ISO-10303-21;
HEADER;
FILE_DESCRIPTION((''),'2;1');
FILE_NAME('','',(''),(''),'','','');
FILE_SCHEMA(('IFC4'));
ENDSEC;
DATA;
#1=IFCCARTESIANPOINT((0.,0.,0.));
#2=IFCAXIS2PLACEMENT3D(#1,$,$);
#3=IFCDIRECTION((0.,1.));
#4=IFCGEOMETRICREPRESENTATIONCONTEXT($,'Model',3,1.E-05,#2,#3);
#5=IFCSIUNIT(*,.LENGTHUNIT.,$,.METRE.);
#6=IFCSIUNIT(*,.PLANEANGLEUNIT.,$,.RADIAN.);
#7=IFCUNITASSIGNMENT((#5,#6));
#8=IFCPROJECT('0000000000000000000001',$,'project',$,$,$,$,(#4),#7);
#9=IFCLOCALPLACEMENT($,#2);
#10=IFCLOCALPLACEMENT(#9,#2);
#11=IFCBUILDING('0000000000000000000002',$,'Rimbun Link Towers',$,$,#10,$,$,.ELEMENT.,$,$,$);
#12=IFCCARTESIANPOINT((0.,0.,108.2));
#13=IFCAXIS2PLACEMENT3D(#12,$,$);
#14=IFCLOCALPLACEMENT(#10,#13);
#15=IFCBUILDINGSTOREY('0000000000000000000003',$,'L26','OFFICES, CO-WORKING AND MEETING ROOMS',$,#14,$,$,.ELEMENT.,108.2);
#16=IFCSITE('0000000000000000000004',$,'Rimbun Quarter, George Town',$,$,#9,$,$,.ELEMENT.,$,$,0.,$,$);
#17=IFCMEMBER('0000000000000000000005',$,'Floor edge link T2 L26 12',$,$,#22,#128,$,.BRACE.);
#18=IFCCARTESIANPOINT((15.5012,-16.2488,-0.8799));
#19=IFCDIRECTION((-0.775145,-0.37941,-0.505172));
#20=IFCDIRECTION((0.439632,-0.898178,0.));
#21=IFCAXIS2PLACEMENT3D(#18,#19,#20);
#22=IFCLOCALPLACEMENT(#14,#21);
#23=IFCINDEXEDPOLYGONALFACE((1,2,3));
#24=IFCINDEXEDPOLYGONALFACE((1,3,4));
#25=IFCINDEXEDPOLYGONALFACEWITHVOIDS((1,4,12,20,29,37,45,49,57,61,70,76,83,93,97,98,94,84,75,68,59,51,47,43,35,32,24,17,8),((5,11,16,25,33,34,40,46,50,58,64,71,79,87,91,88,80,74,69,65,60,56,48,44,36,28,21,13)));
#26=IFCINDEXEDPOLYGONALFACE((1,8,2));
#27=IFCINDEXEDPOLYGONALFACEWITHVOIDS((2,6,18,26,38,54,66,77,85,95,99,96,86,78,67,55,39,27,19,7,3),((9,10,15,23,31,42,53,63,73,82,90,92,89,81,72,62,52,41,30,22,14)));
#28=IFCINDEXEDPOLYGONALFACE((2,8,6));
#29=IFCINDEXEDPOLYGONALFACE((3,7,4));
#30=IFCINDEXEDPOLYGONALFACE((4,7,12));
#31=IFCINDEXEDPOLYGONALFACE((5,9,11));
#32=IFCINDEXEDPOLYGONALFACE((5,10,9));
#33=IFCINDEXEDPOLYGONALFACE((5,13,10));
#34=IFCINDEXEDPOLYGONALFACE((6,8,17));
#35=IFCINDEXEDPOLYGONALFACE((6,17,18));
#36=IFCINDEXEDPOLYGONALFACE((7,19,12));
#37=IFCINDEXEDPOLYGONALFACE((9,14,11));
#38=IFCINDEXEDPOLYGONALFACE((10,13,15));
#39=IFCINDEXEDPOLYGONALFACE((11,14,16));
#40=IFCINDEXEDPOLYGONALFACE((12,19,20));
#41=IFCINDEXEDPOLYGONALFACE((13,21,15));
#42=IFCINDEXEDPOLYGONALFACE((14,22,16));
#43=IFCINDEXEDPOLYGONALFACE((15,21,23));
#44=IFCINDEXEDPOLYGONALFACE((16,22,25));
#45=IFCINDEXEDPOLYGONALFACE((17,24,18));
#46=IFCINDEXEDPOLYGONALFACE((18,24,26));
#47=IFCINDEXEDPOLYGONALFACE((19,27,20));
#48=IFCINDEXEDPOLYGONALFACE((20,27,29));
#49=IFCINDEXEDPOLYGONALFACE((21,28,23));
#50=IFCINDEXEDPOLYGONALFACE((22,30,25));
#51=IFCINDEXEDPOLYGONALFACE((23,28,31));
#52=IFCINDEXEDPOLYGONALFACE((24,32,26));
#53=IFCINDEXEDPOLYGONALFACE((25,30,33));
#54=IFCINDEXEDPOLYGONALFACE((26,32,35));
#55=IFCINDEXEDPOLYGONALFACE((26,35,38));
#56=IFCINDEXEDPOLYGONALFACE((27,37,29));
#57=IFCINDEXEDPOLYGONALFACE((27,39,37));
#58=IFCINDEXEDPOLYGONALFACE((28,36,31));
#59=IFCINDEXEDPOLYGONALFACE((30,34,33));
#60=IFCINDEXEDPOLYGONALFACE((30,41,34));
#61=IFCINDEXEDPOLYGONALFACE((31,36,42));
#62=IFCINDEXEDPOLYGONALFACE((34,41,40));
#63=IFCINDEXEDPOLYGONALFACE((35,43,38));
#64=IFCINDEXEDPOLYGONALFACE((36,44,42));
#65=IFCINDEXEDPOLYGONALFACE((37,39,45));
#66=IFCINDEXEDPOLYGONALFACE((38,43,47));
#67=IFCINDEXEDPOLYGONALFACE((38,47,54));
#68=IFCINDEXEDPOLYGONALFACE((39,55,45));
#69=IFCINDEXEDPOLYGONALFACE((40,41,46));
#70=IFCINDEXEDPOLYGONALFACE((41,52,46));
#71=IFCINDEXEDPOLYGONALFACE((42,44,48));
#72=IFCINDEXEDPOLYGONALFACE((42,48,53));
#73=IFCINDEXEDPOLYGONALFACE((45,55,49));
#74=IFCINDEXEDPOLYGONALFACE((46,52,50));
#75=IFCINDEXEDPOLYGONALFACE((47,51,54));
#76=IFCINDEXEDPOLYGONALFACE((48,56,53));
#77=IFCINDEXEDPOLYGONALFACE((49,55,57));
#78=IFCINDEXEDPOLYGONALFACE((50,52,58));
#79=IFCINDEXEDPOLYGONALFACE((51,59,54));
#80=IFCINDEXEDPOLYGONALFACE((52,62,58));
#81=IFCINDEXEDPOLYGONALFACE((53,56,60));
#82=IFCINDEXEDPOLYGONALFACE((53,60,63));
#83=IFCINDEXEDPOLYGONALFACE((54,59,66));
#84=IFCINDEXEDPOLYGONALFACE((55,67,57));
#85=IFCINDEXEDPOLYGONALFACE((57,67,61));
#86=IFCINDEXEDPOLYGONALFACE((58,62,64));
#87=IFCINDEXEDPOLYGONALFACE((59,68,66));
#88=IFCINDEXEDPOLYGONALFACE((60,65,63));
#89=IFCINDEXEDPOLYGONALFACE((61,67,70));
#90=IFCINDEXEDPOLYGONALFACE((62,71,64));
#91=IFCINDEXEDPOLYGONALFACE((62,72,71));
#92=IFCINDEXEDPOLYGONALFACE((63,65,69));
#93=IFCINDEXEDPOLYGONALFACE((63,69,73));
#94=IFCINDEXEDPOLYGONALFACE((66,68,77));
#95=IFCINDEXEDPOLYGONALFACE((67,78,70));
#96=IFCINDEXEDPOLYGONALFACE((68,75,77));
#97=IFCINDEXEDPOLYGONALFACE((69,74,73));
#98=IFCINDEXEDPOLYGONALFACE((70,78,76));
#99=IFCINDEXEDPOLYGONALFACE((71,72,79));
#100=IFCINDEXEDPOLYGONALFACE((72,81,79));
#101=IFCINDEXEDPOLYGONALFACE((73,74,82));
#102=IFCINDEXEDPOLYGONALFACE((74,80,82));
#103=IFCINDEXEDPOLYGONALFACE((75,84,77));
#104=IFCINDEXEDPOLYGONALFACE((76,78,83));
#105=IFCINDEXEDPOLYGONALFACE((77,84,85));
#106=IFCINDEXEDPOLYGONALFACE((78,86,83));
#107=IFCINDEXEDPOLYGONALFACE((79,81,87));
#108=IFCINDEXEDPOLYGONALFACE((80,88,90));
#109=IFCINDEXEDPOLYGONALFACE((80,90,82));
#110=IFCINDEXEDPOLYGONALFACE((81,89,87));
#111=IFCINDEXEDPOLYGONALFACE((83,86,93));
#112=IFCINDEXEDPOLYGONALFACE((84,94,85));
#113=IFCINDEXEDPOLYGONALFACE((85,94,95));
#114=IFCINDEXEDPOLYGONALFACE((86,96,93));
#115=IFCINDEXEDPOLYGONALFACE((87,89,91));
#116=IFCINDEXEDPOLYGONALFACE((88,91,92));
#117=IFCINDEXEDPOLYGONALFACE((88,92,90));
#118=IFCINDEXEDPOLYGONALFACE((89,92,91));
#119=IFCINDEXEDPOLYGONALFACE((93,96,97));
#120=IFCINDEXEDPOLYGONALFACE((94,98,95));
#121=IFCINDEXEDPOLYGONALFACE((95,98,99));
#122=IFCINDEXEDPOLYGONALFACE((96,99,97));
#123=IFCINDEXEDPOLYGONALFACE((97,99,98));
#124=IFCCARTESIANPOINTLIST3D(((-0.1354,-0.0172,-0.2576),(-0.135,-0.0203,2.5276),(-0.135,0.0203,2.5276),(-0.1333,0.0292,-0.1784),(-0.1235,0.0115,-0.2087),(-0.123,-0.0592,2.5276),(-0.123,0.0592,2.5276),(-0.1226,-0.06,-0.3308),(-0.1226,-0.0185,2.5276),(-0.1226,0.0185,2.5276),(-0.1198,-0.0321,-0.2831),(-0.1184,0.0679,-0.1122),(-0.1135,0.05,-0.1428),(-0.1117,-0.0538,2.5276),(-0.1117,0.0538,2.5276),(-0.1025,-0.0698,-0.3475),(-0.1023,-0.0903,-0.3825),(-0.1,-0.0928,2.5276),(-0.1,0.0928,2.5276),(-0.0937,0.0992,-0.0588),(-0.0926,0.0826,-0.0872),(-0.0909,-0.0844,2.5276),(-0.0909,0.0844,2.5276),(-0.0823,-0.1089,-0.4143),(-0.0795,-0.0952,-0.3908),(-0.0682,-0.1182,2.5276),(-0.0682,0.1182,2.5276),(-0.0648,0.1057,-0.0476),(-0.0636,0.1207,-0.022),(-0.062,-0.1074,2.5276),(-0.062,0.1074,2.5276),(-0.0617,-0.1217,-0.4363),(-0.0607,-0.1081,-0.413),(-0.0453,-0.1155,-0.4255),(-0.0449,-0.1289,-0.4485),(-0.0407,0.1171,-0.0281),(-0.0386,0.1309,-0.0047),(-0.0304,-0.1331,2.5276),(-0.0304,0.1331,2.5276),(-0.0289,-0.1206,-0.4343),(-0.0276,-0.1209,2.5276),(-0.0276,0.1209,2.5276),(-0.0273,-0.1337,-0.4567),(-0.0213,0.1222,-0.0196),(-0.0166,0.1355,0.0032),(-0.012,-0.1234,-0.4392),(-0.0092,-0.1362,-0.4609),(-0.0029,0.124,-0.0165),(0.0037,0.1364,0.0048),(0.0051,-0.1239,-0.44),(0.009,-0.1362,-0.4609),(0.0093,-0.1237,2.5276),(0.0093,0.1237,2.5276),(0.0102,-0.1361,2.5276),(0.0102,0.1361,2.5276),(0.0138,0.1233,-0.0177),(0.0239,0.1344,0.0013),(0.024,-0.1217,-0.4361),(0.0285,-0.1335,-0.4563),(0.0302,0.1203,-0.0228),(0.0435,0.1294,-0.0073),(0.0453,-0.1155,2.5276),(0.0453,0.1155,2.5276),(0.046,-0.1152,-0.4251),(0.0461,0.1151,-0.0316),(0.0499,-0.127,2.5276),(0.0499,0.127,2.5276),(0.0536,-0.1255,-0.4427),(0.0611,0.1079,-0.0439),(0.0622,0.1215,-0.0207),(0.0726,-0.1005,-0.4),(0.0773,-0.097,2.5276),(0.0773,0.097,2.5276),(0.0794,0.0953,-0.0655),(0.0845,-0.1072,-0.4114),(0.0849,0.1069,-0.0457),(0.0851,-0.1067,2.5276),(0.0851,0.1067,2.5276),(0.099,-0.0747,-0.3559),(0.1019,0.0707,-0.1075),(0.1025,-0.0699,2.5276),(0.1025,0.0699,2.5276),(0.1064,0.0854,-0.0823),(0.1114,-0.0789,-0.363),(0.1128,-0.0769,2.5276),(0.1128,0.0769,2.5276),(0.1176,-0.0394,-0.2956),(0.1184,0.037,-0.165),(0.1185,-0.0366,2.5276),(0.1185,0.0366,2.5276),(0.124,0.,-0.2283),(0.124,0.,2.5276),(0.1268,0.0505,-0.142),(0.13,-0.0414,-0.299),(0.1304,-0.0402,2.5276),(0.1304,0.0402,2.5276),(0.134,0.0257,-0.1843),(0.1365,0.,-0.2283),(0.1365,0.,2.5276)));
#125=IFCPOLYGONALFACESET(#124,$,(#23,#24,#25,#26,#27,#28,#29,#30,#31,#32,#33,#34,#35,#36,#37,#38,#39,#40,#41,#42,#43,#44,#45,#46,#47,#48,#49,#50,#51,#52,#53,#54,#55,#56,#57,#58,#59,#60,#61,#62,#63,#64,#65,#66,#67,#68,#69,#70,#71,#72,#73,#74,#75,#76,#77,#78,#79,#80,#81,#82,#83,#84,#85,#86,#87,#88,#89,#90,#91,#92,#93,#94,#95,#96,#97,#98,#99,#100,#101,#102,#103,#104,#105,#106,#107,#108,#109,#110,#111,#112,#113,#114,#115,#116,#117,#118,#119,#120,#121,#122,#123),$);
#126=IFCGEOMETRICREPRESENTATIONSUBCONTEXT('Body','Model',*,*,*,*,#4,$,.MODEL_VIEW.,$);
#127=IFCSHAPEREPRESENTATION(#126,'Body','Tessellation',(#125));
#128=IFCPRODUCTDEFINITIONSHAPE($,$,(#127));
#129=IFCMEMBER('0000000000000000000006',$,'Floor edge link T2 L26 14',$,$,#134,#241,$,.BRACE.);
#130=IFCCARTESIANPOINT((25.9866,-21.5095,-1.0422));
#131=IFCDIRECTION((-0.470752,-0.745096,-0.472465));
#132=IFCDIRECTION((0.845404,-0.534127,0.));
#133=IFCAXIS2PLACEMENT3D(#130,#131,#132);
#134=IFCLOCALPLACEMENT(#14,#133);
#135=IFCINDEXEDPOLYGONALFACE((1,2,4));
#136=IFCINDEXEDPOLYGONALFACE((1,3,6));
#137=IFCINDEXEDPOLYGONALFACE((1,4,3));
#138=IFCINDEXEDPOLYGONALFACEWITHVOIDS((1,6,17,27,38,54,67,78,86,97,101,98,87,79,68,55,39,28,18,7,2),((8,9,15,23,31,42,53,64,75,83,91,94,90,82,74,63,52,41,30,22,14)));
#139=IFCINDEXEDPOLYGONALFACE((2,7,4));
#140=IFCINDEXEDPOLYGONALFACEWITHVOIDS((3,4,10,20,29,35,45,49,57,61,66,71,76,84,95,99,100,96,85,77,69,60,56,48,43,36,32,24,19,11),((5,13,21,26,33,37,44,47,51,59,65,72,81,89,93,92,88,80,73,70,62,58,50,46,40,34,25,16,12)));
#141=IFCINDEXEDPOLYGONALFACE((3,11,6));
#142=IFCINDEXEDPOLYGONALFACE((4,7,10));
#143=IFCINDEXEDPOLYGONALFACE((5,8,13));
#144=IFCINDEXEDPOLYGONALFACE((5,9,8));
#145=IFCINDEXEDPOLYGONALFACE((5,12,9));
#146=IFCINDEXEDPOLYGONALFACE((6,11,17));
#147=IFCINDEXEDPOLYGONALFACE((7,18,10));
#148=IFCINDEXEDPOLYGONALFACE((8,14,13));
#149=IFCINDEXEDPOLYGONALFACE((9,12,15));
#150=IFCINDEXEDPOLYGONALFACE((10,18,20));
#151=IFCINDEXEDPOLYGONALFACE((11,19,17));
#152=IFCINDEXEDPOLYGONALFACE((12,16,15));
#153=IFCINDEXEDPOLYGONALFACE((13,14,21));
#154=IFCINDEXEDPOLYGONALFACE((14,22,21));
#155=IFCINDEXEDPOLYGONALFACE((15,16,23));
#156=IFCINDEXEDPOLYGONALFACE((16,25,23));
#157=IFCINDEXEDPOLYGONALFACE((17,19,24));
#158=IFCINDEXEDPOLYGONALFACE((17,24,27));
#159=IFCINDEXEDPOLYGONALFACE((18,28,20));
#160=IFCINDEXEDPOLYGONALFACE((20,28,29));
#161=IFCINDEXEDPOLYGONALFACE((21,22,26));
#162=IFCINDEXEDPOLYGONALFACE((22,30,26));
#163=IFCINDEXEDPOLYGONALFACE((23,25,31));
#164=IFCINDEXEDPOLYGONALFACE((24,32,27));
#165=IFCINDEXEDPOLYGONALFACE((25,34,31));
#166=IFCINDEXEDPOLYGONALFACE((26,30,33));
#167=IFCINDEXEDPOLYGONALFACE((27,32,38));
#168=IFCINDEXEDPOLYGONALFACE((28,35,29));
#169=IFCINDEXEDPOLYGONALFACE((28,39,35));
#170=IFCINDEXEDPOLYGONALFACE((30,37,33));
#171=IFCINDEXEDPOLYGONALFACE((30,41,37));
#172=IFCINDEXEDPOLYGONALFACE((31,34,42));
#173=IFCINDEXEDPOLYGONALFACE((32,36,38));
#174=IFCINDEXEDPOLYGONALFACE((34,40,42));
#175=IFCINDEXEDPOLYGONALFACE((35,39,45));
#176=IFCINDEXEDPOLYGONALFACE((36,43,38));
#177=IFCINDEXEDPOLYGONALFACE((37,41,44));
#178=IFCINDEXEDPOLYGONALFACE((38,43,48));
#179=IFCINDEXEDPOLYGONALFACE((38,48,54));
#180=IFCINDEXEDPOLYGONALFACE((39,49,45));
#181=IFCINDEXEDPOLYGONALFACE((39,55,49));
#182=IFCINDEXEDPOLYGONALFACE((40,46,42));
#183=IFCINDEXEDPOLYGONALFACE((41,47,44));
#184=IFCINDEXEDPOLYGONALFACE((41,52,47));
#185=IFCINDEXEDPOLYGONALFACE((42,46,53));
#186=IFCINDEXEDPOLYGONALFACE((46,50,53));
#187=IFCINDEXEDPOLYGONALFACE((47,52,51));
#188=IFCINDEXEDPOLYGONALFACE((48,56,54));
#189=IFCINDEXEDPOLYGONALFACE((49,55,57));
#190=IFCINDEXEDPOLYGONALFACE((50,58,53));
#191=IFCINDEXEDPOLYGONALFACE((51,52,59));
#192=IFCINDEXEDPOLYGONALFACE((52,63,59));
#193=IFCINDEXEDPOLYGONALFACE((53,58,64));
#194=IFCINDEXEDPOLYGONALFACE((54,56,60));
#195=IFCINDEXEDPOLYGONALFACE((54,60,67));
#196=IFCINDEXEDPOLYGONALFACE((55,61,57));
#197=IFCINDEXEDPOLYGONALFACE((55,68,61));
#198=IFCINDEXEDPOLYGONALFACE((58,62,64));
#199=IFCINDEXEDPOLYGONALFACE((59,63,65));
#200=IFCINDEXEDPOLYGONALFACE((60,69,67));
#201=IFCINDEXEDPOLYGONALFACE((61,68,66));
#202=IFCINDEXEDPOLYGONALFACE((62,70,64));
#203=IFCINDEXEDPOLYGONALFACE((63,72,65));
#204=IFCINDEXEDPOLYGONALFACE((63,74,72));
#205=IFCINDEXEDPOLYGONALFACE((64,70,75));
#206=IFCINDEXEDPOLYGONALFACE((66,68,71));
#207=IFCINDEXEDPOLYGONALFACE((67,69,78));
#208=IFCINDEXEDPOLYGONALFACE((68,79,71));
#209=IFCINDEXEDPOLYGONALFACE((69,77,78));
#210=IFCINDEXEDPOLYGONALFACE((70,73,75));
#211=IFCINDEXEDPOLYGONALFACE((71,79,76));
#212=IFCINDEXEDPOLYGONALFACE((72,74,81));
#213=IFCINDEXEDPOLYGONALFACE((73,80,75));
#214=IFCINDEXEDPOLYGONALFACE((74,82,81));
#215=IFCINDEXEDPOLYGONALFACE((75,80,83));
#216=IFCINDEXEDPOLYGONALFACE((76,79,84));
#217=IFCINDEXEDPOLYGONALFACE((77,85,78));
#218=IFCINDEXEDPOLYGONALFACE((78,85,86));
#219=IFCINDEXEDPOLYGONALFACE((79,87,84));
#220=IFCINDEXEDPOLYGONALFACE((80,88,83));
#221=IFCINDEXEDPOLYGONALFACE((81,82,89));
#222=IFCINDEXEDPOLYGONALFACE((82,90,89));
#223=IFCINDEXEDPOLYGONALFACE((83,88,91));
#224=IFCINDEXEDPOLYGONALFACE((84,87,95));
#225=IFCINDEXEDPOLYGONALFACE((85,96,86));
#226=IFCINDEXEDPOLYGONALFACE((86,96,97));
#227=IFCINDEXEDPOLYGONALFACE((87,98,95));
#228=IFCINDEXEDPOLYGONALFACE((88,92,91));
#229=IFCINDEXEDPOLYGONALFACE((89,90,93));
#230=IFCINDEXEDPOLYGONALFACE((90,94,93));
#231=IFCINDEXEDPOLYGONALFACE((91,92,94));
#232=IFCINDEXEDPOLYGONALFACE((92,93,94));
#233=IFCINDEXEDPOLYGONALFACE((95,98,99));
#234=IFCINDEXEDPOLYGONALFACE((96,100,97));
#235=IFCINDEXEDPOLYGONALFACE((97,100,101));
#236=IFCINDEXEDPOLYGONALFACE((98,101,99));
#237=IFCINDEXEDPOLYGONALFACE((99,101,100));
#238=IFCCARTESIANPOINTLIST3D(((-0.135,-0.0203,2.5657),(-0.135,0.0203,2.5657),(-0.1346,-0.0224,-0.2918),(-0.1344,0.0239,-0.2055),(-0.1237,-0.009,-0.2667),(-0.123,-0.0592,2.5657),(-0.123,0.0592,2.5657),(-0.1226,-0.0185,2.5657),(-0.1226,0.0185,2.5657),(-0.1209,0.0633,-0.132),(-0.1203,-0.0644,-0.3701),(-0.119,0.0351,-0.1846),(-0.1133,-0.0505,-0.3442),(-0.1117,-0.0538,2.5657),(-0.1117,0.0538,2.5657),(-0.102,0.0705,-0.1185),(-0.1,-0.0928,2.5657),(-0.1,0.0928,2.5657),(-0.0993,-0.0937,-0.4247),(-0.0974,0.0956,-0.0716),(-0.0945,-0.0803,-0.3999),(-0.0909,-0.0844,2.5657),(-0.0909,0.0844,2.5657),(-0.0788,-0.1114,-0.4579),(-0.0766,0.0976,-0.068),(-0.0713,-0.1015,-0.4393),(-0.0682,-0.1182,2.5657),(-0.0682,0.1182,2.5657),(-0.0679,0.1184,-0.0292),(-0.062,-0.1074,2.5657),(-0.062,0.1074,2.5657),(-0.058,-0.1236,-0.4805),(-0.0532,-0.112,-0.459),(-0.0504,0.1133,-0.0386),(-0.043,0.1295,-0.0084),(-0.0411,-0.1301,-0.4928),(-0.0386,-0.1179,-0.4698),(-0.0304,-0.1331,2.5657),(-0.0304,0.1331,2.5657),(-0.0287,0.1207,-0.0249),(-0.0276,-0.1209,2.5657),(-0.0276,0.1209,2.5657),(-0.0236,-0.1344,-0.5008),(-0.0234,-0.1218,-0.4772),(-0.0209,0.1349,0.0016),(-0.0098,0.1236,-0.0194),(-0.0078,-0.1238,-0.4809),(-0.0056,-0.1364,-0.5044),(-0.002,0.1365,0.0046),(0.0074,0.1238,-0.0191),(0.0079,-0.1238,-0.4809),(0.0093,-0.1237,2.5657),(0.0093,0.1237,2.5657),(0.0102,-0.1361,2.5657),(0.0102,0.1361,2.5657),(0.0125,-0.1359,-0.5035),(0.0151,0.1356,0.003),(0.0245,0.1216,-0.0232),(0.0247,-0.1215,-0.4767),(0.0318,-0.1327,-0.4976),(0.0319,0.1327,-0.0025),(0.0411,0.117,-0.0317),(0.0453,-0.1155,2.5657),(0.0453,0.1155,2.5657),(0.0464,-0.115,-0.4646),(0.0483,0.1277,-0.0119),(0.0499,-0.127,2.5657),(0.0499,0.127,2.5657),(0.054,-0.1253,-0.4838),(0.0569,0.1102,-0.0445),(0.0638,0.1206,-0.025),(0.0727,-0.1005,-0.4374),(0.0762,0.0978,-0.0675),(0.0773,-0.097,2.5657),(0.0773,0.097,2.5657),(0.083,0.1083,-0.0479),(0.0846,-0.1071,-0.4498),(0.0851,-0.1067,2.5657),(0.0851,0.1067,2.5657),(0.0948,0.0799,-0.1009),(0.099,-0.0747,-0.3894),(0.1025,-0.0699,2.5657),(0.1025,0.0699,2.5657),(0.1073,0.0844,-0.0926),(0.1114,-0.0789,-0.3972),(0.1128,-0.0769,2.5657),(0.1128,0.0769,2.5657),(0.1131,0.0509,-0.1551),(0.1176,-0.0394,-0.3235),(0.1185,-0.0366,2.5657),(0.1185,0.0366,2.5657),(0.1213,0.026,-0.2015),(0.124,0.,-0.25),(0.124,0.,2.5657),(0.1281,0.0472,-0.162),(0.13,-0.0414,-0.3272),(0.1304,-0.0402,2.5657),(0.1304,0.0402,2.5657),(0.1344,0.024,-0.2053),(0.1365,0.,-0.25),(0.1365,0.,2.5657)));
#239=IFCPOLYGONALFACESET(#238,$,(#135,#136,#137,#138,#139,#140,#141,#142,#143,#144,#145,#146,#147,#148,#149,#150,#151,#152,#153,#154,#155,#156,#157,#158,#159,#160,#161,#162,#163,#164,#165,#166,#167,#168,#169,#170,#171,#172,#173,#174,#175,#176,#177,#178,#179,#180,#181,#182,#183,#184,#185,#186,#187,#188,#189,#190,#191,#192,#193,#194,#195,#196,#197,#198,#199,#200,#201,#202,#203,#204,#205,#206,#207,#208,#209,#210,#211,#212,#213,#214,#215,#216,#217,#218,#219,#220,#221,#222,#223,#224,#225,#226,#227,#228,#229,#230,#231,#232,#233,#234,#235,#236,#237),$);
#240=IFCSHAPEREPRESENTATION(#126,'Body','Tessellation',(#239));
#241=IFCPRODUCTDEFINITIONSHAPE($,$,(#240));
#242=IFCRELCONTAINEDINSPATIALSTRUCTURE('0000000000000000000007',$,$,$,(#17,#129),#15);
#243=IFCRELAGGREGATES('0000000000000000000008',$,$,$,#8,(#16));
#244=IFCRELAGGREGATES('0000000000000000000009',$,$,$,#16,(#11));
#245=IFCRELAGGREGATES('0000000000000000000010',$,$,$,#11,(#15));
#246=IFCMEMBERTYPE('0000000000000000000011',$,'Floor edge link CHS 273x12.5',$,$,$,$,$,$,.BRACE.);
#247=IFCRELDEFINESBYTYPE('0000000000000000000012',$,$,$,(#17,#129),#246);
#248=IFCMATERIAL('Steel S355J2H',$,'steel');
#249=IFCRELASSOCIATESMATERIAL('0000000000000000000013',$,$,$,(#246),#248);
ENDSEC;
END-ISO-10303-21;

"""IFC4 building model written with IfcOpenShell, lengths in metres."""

from ifc_helpers import new_model, si_unit, direction, frame, origin, origin_2d, place, context, subcontext, project, spatial, hollow_circle, extrude, clip, halfspace, material, material_profile, profile_set, type_object, element, save


model = new_model("IFC4")

# Units and contexts
model_context = context("Model", 3, precision=1e-05, world=origin(), true_north=direction((0.0, 1.0)))
body_context = subcontext(model_context, "Body", "Model", "MODEL_VIEW")
ifc_project = project(units=[si_unit("LENGTHUNIT", "METRE"), si_unit("PLANEANGLEUNIT", "RADIAN")], contexts=[model_context])

# Site, building, storey
site_placement = place(None, origin())
site = spatial("IfcSite", under=ifc_project, at=site_placement, Name="Rimbun Quarter, George Town", CompositionType="ELEMENT", RefElevation=0.0)
building_placement = place(site_placement, origin())
building = spatial("IfcBuilding", under=site, at=building_placement, Name="Rimbun Link Towers", CompositionType="ELEMENT")
storey_placement = place(building_placement, frame((0.0, 0.0, 108.2)))
storey = spatial("IfcBuildingStorey", under=building, at=storey_placement, Name="L26", Description="OFFICES, CO-WORKING AND MEETING ROOMS", CompositionType="ELEMENT", Elevation=108.2)

# Members
ifc_material_1 = material(Name="Steel S355J2H", Category="steel")
ifc_material_profile_1 = material_profile(ifc_material_1, hollow_circle(Radius=0.1365, WallThickness=0.0125, at=origin_2d()), Name="CHS 273x12.5")
ifc_profile_set_1 = profile_set([ifc_material_profile_1], Name="Steel S355J2H")
member_type_1 = type_object("IfcMemberType", Name="Floor edge link CHS 273x12.5", PredefinedType="BRACE", material=ifc_profile_set_1)
member_1_placement = place(storey_placement, frame((15.5012, -16.2488, -0.8799), z_axis=(-0.775145, -0.37941, -0.505172), x_axis=(0.439632, -0.898178, 0.0)))
element("IfcMember", 1, at=member_1_placement, inside=storey, type_object=member_type_1, Name="Floor edge link T2 L26 12", PredefinedType="BRACE", context=body_context, shape_type="Clipping", body=[
    clip(extrude(hollow_circle(Radius=0.1365, WallThickness=0.0125, at=origin_2d()), frame((0.0, 0.0, -0.4861)), (0.0, 0.0, 1.0), 3.0137), halfspace(frame((0.0, 0.0, -0.2283), z_axis=(0.0, 0.863019, -0.505172)), False)),
])
member_2_placement = place(storey_placement, frame((25.9866, -21.5095, -1.0422), z_axis=(-0.470752, -0.745096, -0.472465), x_axis=(0.845404, -0.534127, 0.0)))
element("IfcMember", 2, at=member_2_placement, inside=storey, type_object=member_type_1, Name="Floor edge link T2 L26 14", PredefinedType="BRACE", context=body_context, shape_type="Clipping", body=[
    clip(extrude(hollow_circle(Radius=0.1365, WallThickness=0.0125, at=origin_2d()), frame((0.0, 0.0, -0.5303)), (0.0, 0.0, 1.0), 3.0959), halfspace(frame((0.0, 0.0, -0.25), z_axis=(0.0, 0.881349, -0.472465)), False)),
])

save(model, "model.ifc")
